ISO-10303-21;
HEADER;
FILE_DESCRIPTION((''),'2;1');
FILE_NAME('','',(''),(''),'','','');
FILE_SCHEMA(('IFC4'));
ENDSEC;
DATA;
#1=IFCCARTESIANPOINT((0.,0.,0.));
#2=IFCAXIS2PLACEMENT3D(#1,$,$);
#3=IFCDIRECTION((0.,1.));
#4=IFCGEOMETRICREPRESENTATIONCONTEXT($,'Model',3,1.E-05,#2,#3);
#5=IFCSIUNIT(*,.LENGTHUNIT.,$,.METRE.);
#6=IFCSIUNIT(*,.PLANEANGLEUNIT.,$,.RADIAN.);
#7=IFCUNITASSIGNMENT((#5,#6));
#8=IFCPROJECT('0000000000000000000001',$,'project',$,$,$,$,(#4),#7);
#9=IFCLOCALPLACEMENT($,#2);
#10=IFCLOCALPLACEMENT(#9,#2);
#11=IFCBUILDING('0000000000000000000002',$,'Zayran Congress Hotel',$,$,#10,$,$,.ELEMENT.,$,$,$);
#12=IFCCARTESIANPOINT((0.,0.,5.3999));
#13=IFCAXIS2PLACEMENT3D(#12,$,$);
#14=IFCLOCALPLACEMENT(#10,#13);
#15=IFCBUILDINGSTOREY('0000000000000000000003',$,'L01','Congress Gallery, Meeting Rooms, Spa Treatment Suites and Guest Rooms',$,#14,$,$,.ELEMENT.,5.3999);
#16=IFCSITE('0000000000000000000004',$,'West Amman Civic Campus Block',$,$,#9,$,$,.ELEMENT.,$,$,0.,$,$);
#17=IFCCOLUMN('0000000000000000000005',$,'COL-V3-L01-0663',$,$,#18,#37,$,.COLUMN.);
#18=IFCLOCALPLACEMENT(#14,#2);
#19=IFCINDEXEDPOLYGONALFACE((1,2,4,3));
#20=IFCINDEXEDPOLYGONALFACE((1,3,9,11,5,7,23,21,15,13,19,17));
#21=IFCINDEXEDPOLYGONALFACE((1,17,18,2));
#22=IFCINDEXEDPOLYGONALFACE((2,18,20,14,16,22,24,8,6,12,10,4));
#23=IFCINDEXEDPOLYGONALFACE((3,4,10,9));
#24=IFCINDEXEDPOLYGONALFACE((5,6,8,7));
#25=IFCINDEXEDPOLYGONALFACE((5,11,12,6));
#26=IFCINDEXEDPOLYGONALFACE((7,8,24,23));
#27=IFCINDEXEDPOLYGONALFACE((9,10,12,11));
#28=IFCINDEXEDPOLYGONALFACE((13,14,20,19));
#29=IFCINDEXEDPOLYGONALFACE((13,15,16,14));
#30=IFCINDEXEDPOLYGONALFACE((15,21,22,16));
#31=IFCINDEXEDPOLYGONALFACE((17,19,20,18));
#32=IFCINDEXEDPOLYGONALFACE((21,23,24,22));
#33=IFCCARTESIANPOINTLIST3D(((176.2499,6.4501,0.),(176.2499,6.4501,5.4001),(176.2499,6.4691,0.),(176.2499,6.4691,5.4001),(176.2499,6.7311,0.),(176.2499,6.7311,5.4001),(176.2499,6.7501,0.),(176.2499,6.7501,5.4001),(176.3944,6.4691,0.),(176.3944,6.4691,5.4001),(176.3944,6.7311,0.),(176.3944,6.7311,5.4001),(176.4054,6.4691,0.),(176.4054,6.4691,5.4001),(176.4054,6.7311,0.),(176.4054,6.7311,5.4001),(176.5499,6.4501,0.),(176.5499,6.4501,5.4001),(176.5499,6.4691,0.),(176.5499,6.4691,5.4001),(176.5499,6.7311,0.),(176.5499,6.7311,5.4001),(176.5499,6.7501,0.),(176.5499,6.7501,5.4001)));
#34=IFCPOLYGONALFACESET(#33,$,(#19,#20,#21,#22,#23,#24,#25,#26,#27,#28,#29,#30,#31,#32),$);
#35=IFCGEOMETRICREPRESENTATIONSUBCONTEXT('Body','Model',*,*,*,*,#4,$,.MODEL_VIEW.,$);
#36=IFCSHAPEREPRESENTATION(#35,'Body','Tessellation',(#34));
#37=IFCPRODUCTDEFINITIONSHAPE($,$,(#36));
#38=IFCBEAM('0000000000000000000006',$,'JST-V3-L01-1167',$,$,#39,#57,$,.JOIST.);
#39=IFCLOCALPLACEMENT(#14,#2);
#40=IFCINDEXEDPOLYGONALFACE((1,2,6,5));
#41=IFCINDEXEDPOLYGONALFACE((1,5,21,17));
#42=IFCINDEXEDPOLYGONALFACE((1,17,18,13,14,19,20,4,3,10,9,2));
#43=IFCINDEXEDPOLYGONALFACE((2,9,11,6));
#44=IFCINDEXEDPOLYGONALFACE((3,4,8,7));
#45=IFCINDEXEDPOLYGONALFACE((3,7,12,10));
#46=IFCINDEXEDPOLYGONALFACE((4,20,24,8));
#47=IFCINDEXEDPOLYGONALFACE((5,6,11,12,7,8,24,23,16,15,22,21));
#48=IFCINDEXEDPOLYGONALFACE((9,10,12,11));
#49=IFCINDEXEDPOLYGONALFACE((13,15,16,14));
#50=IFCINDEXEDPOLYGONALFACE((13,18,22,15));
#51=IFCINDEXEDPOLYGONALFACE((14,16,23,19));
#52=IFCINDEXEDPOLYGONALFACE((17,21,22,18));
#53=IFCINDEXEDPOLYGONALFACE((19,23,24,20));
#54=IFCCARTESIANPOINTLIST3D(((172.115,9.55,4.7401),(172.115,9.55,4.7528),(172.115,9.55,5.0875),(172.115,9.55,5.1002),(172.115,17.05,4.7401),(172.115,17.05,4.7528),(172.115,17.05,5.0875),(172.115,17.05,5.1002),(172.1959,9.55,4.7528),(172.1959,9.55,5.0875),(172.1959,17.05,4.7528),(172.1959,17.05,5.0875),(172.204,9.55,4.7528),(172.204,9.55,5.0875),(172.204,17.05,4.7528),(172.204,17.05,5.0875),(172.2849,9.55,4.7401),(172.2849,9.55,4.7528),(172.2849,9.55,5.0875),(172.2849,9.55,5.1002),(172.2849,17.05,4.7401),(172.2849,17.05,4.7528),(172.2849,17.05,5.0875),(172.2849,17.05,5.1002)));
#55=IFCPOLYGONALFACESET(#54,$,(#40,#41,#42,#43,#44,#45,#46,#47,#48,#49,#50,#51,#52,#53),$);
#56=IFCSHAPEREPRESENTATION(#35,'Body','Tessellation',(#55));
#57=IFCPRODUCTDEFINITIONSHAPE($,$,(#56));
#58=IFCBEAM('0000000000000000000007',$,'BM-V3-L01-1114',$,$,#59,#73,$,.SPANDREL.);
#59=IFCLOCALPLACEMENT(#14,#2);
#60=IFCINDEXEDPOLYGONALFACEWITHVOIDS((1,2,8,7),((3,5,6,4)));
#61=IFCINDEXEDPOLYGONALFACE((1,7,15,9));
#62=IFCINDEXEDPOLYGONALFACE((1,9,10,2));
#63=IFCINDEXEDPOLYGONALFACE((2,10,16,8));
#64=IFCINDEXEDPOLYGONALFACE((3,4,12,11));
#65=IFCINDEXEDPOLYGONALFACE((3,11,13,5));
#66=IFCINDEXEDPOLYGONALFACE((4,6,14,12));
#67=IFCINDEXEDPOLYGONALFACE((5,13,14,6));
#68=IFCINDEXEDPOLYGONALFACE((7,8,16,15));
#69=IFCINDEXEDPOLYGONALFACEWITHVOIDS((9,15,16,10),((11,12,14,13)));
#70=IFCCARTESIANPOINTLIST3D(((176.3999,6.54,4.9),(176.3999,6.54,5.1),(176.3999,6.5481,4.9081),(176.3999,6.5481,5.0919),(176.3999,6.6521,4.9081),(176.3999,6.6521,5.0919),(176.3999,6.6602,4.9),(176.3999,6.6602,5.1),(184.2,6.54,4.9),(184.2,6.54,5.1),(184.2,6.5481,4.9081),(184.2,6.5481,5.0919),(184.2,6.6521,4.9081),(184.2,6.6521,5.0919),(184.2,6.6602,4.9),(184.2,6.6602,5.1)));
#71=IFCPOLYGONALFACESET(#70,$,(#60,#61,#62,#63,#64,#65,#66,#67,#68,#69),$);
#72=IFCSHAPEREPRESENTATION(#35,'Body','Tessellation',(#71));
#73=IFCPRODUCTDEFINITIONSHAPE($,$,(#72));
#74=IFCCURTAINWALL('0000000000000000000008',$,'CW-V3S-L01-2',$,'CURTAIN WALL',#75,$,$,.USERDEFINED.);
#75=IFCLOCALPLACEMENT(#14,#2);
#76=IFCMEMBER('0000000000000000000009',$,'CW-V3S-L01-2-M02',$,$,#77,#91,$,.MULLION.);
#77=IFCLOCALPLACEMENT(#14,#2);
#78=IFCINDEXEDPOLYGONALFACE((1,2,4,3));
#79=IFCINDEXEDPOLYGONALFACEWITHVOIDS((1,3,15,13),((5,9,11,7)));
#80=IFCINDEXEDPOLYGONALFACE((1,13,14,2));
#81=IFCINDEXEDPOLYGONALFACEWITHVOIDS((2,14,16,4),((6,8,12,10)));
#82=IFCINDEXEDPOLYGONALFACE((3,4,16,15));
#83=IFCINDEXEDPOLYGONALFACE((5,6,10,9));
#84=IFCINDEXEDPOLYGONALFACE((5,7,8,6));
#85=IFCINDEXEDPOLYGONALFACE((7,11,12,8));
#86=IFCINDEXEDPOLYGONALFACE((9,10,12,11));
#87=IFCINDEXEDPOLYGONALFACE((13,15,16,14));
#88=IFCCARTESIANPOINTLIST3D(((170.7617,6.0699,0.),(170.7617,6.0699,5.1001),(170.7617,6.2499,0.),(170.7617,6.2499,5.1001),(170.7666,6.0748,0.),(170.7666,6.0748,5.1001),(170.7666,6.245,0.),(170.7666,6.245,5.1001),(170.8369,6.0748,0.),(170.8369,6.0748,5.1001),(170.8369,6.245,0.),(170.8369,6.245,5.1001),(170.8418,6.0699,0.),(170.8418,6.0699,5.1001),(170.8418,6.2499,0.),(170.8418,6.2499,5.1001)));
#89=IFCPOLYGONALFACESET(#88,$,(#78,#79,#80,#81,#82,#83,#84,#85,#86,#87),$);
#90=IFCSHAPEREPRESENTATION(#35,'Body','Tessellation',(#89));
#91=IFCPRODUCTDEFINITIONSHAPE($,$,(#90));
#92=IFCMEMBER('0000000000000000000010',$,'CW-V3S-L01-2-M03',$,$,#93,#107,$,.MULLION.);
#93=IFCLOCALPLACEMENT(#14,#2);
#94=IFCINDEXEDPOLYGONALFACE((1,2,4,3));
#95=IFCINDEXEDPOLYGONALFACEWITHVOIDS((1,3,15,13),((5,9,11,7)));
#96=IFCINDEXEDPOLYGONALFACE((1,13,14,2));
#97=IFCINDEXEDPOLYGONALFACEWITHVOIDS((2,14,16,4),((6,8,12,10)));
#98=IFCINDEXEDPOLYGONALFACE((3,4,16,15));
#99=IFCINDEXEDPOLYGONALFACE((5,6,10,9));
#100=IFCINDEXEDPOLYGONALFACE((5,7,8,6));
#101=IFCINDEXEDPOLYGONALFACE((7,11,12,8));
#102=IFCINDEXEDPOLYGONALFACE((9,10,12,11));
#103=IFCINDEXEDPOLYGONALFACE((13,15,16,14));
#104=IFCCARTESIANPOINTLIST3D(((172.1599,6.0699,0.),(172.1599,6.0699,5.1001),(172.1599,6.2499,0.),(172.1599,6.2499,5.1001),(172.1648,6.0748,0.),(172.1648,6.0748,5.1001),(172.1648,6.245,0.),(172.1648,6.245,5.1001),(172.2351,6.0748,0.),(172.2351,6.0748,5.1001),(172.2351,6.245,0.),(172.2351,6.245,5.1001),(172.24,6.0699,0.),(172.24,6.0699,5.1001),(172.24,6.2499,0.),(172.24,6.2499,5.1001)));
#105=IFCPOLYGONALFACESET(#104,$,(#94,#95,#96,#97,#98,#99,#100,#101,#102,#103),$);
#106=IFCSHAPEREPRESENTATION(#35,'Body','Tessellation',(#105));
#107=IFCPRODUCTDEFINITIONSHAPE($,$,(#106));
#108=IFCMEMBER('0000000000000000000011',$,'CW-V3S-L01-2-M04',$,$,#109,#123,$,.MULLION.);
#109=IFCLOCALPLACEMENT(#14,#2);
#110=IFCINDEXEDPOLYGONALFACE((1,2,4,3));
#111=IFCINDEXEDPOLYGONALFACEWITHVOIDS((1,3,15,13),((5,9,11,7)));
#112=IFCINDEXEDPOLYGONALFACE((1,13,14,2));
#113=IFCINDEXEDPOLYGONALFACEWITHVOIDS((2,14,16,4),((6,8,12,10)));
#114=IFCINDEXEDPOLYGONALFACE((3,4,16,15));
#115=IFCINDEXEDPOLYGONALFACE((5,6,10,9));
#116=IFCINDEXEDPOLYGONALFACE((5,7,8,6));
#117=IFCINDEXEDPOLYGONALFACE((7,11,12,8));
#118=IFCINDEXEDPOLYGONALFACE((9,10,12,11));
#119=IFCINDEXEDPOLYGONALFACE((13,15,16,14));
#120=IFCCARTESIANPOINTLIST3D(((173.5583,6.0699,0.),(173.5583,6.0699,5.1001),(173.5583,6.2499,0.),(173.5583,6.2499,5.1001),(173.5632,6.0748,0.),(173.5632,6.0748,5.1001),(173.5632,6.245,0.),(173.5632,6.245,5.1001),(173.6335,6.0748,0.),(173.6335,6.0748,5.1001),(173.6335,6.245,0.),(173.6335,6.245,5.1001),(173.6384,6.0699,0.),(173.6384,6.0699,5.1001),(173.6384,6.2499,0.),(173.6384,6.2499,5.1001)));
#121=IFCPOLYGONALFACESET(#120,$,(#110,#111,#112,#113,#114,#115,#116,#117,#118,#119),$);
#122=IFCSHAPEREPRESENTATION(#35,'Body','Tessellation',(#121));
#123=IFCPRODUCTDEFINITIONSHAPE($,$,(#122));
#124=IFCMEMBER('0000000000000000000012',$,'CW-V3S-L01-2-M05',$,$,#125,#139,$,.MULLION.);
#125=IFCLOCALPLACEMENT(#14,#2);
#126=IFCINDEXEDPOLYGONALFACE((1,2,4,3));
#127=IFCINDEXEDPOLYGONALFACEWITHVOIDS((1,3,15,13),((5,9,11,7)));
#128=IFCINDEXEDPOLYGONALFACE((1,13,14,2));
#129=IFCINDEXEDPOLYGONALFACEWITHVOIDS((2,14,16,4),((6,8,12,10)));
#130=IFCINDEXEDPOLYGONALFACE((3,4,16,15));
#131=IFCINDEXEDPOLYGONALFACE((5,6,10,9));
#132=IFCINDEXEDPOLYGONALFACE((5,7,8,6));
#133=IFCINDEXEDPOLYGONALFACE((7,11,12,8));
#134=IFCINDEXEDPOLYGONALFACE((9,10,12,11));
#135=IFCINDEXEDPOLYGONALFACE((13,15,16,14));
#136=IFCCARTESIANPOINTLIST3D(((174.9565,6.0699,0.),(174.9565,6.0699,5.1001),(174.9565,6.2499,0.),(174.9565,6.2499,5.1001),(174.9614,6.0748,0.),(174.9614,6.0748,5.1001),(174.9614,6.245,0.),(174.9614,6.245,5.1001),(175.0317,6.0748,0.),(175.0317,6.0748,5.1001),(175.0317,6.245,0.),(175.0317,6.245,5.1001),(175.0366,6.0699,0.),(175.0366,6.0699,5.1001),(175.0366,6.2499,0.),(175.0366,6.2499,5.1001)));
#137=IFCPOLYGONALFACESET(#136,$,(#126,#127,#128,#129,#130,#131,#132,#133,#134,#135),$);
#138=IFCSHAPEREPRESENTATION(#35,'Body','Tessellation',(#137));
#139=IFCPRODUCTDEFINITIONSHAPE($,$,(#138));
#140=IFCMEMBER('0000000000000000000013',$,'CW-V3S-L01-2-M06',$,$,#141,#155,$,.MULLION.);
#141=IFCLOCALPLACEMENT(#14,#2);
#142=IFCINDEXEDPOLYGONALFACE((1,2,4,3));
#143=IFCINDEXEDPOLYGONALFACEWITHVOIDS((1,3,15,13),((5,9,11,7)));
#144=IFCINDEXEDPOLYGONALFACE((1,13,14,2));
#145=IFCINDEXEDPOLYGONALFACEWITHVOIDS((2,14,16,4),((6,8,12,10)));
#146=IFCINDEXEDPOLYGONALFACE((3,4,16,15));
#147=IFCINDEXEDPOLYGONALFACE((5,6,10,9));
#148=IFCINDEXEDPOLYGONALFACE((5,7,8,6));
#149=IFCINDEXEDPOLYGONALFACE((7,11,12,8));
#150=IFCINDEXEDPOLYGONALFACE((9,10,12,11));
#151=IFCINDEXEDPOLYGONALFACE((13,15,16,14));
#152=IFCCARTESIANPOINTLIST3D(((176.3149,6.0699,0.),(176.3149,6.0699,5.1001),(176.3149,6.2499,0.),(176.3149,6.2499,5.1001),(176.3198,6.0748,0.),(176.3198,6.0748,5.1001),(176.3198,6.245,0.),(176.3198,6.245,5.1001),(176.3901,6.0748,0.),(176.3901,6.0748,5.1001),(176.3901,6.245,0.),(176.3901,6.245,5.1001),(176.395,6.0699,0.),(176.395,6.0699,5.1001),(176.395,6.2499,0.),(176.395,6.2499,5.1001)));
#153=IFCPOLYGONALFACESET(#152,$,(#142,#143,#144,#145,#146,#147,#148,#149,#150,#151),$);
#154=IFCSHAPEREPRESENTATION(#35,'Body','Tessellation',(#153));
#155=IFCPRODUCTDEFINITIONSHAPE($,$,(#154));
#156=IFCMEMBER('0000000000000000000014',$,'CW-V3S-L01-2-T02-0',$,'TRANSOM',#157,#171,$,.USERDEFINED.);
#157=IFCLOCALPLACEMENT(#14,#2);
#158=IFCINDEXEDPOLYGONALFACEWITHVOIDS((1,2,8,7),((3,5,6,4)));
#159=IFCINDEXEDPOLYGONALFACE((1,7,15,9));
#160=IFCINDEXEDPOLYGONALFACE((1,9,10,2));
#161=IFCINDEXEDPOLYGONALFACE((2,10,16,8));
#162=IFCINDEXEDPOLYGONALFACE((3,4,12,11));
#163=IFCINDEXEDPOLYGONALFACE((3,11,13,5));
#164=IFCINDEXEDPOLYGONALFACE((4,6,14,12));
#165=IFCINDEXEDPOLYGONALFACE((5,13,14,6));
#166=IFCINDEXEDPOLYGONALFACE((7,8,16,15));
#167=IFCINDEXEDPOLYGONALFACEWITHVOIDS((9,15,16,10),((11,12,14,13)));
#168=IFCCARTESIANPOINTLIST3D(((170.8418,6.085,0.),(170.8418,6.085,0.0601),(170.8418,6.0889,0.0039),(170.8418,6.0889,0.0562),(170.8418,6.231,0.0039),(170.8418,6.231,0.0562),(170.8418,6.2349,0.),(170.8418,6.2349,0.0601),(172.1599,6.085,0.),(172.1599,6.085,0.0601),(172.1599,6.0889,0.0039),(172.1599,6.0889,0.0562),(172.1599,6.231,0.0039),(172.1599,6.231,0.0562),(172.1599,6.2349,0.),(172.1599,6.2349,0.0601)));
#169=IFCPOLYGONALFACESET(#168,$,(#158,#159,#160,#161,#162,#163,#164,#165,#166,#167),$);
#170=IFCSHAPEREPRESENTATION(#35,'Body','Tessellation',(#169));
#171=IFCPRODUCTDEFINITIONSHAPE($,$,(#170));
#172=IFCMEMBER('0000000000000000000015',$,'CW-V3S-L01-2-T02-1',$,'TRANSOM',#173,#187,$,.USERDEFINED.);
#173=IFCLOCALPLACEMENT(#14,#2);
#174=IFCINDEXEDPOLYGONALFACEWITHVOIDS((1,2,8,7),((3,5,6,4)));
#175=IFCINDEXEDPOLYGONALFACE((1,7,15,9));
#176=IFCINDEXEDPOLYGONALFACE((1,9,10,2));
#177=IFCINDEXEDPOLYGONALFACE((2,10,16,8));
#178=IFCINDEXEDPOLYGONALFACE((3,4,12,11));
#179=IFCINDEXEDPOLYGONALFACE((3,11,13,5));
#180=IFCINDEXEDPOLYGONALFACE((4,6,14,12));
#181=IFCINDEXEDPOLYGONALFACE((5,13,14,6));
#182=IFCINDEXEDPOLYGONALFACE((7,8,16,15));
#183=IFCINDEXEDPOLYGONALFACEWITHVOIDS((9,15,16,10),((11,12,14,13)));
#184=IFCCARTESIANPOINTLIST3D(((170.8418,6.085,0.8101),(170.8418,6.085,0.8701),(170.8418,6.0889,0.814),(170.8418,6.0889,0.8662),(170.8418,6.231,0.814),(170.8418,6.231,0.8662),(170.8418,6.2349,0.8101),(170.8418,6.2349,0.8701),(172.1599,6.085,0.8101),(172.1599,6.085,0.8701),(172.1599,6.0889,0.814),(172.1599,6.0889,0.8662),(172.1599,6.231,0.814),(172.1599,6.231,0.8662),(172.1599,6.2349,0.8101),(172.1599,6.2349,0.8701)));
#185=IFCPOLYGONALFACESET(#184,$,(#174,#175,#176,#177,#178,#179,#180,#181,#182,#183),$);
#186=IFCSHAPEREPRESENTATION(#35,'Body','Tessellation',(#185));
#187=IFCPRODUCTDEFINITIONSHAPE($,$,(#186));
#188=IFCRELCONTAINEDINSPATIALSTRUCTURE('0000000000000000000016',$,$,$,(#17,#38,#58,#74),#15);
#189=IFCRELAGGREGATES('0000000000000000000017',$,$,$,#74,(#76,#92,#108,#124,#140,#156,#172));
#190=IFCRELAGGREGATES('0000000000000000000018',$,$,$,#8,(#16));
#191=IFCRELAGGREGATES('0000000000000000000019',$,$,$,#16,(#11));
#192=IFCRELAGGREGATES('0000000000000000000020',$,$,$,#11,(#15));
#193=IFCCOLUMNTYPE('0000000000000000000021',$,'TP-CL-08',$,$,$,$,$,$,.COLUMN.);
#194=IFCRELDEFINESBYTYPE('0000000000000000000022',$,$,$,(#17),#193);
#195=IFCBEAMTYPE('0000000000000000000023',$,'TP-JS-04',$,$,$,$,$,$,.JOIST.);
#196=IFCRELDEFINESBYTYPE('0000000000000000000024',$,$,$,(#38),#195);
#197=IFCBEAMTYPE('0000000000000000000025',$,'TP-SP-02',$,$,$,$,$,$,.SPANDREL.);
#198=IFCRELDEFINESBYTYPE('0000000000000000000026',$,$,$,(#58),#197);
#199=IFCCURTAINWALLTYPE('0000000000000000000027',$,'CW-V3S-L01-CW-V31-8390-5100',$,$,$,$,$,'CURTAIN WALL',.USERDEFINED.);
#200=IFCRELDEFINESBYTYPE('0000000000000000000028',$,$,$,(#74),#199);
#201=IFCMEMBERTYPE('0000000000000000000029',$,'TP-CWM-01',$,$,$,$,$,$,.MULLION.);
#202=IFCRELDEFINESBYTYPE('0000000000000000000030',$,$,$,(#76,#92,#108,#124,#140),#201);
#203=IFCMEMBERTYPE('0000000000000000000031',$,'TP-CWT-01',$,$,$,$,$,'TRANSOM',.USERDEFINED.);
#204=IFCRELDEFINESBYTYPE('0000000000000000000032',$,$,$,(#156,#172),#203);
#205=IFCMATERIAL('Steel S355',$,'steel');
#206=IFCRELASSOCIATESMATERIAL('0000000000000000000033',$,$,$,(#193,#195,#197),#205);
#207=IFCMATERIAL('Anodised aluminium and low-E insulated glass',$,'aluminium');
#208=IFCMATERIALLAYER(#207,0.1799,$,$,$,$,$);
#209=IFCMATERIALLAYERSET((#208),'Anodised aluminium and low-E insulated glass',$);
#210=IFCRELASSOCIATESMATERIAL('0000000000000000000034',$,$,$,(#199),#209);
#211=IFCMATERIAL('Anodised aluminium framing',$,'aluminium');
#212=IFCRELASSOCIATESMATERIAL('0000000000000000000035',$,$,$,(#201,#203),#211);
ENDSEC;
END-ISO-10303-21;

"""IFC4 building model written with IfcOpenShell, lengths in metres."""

from ifc_helpers import new_model, si_unit, direction, frame, origin, origin_2d, place, context, subcontext, project, spatial, hollow_rectangle, i_section, extrude, material, layer, layer_set, material_profile, profile_set, type_object, element, aggregate, save


model = new_model("IFC4")

# Units and contexts
model_context = context("Model", 3, precision=1e-05, world=origin(), true_north=direction((0.0, 1.0)))
body_context = subcontext(model_context, "Body", "Model", "MODEL_VIEW")
ifc_project = project(units=[si_unit("LENGTHUNIT", "METRE"), si_unit("PLANEANGLEUNIT", "RADIAN")], contexts=[model_context])

# Site, building, storey
site_placement = place(None, origin())
site = spatial("IfcSite", under=ifc_project, at=site_placement, Name="West Amman Civic Campus Block", CompositionType="ELEMENT", RefElevation=0.0)
building_placement = place(site_placement, origin())
building = spatial("IfcBuilding", under=site, at=building_placement, Name="Zayran Congress Hotel", CompositionType="ELEMENT")
storey_placement = place(building_placement, frame((0.0, 0.0, 5.3999)))
storey = spatial("IfcBuildingStorey", under=building, at=storey_placement, Name="L01", Description="Congress Gallery, Meeting Rooms, Spa Treatment Suites and Guest Rooms", CompositionType="ELEMENT", Elevation=5.3999)

# Column
ifc_material_1 = material(Name="Steel S355", Category="steel")
ifc_material_profile_1 = material_profile(ifc_material_1, i_section(OverallWidth=0.3, OverallDepth=0.3, WebThickness=0.011, FlangeThickness=0.019, at=origin_2d()), Name="HEB 300")
ifc_profile_set_1 = profile_set([ifc_material_profile_1], Name="Steel S355")
column_type = type_object("IfcColumnType", Name="TP-CL-08", PredefinedType="COLUMN", material=ifc_profile_set_1)
column_placement = place(storey_placement, frame((176.3999, 6.6001, 0.0), z_axis=(0.0, 0.0, 1.0), x_axis=(1.0, 0.0, 0.0)))
element("IfcColumn", 1, at=column_placement, inside=storey, type_object=column_type, Name="COL-V3-L01-0663", PredefinedType="COLUMN", context=body_context, shape_type="SweptSolid", body=[
    extrude(i_section(OverallWidth=0.3, OverallDepth=0.3, WebThickness=0.011, FlangeThickness=0.019, at=origin_2d()), origin(), (0.0, 0.0, 1.0), 5.4001),
])

# Beams
ifc_material_profile_2 = material_profile(ifc_material_1, i_section(OverallWidth=0.1699, OverallDepth=0.3601, WebThickness=0.0081, FlangeThickness=0.0127, at=origin_2d()), Name="IPE 360")
ifc_profile_set_2 = profile_set([ifc_material_profile_2], Name="Steel S355")
beam_type_1 = type_object("IfcBeamType", Name="TP-JS-04", PredefinedType="JOIST", material=ifc_profile_set_2)
beam_1_placement = place(storey_placement, frame((172.2, 9.55, 4.9202), z_axis=(0.0, 1.0, 0.0), x_axis=(-1.0, 0.0, 0.0)))
element("IfcBeam", 2, at=beam_1_placement, inside=storey, type_object=beam_type_1, Name="JST-V3-L01-1167", PredefinedType="JOIST", context=body_context, shape_type="SweptSolid", body=[
    extrude(i_section(OverallWidth=0.1699, OverallDepth=0.3601, WebThickness=0.0081, FlangeThickness=0.0127, at=origin_2d()), origin(), (0.0, 0.0, 1.0), 7.5),
])
ifc_material_profile_3 = material_profile(ifc_material_1, hollow_rectangle(XDim=0.1201, YDim=0.2, WallThickness=0.0081, at=origin_2d()), Name="RHS 200x120x8")
ifc_profile_set_3 = profile_set([ifc_material_profile_3], Name="Steel S355")
beam_type_2 = type_object("IfcBeamType", Name="TP-SP-02", PredefinedType="SPANDREL", material=ifc_profile_set_3)
beam_2_placement = place(storey_placement, frame((176.3999, 6.6001, 5.0), z_axis=(1.0, 0.0, 0.0), x_axis=(0.0, 1.0, 0.0)))
element("IfcBeam", 3, at=beam_2_placement, inside=storey, type_object=beam_type_2, Name="BM-V3-L01-1114", PredefinedType="SPANDREL", context=body_context, shape_type="SweptSolid", body=[
    extrude(hollow_rectangle(XDim=0.1201, YDim=0.2, WallThickness=0.0081, at=origin_2d()), origin(), (0.0, 0.0, 1.0), 7.8),
])

# Curtain wall, members
ifc_material_2 = material(Name="Anodised aluminium and low-E insulated glass", Category="aluminium")
ifc_layer_1 = layer(ifc_material_2, 0.1799)
ifc_layer_set_1 = layer_set([ifc_layer_1], Name="Anodised aluminium and low-E insulated glass")
curtain_wall_type = type_object("IfcCurtainWallType", Name="CW-V3S-L01-CW-V31-8390-5100", ElementType="CURTAIN WALL", PredefinedType="USERDEFINED", material=ifc_layer_set_1)
curtain_wall_placement = place(storey_placement, origin())
curtain_wall = element("IfcCurtainWall", 4, at=curtain_wall_placement, inside=storey, type_object=curtain_wall_type, Name="CW-V3S-L01-2", ObjectType="CURTAIN WALL", PredefinedType="USERDEFINED")
ifc_material_3 = material(Name="Anodised aluminium framing", Category="aluminium")
ifc_material_profile_4 = material_profile(ifc_material_3, hollow_rectangle(XDim=0.0801, YDim=0.1799, WallThickness=0.0049, at=origin_2d()), Name="RHS 180x80x5")
ifc_profile_set_4 = profile_set([ifc_material_profile_4], Name="Anodised aluminium framing")
member_type_1 = type_object("IfcMemberType", Name="TP-CWM-01", PredefinedType="MULLION", material=ifc_profile_set_4)
member_1_placement = place(storey_placement, frame((170.8018, 6.1599, 0.0), z_axis=(0.0, 0.0, 1.0), x_axis=(1.0, 0.0, 0.0)))
member_1 = element("IfcMember", 5, at=member_1_placement, type_object=member_type_1, Name="CW-V3S-L01-2-M02", PredefinedType="MULLION", context=body_context, shape_type="SweptSolid", body=[
    extrude(hollow_rectangle(XDim=0.0801, YDim=0.1799, WallThickness=0.0049, at=origin_2d()), origin(), (0.0, 0.0, 1.0), 5.1001),
])
member_2_placement = place(storey_placement, frame((172.2, 6.1599, 0.0), z_axis=(0.0, 0.0, 1.0), x_axis=(1.0, 0.0, 0.0)))
member_2 = element("IfcMember", 6, at=member_2_placement, type_object=member_type_1, Name="CW-V3S-L01-2-M03", PredefinedType="MULLION", context=body_context, shape_type="SweptSolid", body=[
    extrude(hollow_rectangle(XDim=0.0801, YDim=0.1799, WallThickness=0.0049, at=origin_2d()), origin(), (0.0, 0.0, 1.0), 5.1001),
])
member_3_placement = place(storey_placement, frame((173.5984, 6.1599, 0.0), z_axis=(0.0, 0.0, 1.0), x_axis=(1.0, 0.0, 0.0)))
member_3 = element("IfcMember", 7, at=member_3_placement, type_object=member_type_1, Name="CW-V3S-L01-2-M04", PredefinedType="MULLION", context=body_context, shape_type="SweptSolid", body=[
    extrude(hollow_rectangle(XDim=0.0801, YDim=0.1799, WallThickness=0.0049, at=origin_2d()), origin(), (0.0, 0.0, 1.0), 5.1001),
])
member_4_placement = place(storey_placement, frame((174.9966, 6.1599, 0.0), z_axis=(0.0, 0.0, 1.0), x_axis=(1.0, 0.0, 0.0)))
member_4 = element("IfcMember", 8, at=member_4_placement, type_object=member_type_1, Name="CW-V3S-L01-2-M05", PredefinedType="MULLION", context=body_context, shape_type="SweptSolid", body=[
    extrude(hollow_rectangle(XDim=0.0801, YDim=0.1799, WallThickness=0.0049, at=origin_2d()), origin(), (0.0, 0.0, 1.0), 5.1001),
])
member_5_placement = place(storey_placement, frame((176.355, 6.1599, 0.0), z_axis=(0.0, 0.0, 1.0), x_axis=(1.0, 0.0, 0.0)))
member_5 = element("IfcMember", 9, at=member_5_placement, type_object=member_type_1, Name="CW-V3S-L01-2-M06", PredefinedType="MULLION", context=body_context, shape_type="SweptSolid", body=[
    extrude(hollow_rectangle(XDim=0.0801, YDim=0.1799, WallThickness=0.0049, at=origin_2d()), origin(), (0.0, 0.0, 1.0), 5.1001),
])
ifc_material_profile_5 = material_profile(ifc_material_3, hollow_rectangle(XDim=0.0601, YDim=0.1499, WallThickness=0.0039, at=origin_2d()), Name="RHS 150x60x4")
ifc_profile_set_5 = profile_set([ifc_material_profile_5], Name="Anodised aluminium framing")
member_type_2 = type_object("IfcMemberType", Name="TP-CWT-01", ElementType="TRANSOM", PredefinedType="USERDEFINED", material=ifc_profile_set_5)
member_6_placement = place(storey_placement, frame((170.8418, 6.1599, 0.03), z_axis=(1.0, 0.0, 0.0), x_axis=(0.0, 0.0, 1.0)))
member_6 = element("IfcMember", 10, at=member_6_placement, type_object=member_type_2, Name="CW-V3S-L01-2-T02-0", ObjectType="TRANSOM", PredefinedType="USERDEFINED", context=body_context, shape_type="SweptSolid", body=[
    extrude(hollow_rectangle(XDim=0.0601, YDim=0.1499, WallThickness=0.0039, at=origin_2d()), origin(), (0.0, 0.0, 1.0), 1.3181),
])
member_7_placement = place(storey_placement, frame((170.8418, 6.1599, 0.8401), z_axis=(1.0, 0.0, 0.0), x_axis=(0.0, 0.0, 1.0)))
member_7 = element("IfcMember", 11, at=member_7_placement, type_object=member_type_2, Name="CW-V3S-L01-2-T02-1", ObjectType="TRANSOM", PredefinedType="USERDEFINED", context=body_context, shape_type="SweptSolid", body=[
    extrude(hollow_rectangle(XDim=0.0601, YDim=0.1499, WallThickness=0.0039, at=origin_2d()), origin(), (0.0, 0.0, 1.0), 1.3181),
])
aggregate(curtain_wall, [member_1, member_2, member_3, member_4, member_5, member_6, member_7])

save(model, "model.ifc")
